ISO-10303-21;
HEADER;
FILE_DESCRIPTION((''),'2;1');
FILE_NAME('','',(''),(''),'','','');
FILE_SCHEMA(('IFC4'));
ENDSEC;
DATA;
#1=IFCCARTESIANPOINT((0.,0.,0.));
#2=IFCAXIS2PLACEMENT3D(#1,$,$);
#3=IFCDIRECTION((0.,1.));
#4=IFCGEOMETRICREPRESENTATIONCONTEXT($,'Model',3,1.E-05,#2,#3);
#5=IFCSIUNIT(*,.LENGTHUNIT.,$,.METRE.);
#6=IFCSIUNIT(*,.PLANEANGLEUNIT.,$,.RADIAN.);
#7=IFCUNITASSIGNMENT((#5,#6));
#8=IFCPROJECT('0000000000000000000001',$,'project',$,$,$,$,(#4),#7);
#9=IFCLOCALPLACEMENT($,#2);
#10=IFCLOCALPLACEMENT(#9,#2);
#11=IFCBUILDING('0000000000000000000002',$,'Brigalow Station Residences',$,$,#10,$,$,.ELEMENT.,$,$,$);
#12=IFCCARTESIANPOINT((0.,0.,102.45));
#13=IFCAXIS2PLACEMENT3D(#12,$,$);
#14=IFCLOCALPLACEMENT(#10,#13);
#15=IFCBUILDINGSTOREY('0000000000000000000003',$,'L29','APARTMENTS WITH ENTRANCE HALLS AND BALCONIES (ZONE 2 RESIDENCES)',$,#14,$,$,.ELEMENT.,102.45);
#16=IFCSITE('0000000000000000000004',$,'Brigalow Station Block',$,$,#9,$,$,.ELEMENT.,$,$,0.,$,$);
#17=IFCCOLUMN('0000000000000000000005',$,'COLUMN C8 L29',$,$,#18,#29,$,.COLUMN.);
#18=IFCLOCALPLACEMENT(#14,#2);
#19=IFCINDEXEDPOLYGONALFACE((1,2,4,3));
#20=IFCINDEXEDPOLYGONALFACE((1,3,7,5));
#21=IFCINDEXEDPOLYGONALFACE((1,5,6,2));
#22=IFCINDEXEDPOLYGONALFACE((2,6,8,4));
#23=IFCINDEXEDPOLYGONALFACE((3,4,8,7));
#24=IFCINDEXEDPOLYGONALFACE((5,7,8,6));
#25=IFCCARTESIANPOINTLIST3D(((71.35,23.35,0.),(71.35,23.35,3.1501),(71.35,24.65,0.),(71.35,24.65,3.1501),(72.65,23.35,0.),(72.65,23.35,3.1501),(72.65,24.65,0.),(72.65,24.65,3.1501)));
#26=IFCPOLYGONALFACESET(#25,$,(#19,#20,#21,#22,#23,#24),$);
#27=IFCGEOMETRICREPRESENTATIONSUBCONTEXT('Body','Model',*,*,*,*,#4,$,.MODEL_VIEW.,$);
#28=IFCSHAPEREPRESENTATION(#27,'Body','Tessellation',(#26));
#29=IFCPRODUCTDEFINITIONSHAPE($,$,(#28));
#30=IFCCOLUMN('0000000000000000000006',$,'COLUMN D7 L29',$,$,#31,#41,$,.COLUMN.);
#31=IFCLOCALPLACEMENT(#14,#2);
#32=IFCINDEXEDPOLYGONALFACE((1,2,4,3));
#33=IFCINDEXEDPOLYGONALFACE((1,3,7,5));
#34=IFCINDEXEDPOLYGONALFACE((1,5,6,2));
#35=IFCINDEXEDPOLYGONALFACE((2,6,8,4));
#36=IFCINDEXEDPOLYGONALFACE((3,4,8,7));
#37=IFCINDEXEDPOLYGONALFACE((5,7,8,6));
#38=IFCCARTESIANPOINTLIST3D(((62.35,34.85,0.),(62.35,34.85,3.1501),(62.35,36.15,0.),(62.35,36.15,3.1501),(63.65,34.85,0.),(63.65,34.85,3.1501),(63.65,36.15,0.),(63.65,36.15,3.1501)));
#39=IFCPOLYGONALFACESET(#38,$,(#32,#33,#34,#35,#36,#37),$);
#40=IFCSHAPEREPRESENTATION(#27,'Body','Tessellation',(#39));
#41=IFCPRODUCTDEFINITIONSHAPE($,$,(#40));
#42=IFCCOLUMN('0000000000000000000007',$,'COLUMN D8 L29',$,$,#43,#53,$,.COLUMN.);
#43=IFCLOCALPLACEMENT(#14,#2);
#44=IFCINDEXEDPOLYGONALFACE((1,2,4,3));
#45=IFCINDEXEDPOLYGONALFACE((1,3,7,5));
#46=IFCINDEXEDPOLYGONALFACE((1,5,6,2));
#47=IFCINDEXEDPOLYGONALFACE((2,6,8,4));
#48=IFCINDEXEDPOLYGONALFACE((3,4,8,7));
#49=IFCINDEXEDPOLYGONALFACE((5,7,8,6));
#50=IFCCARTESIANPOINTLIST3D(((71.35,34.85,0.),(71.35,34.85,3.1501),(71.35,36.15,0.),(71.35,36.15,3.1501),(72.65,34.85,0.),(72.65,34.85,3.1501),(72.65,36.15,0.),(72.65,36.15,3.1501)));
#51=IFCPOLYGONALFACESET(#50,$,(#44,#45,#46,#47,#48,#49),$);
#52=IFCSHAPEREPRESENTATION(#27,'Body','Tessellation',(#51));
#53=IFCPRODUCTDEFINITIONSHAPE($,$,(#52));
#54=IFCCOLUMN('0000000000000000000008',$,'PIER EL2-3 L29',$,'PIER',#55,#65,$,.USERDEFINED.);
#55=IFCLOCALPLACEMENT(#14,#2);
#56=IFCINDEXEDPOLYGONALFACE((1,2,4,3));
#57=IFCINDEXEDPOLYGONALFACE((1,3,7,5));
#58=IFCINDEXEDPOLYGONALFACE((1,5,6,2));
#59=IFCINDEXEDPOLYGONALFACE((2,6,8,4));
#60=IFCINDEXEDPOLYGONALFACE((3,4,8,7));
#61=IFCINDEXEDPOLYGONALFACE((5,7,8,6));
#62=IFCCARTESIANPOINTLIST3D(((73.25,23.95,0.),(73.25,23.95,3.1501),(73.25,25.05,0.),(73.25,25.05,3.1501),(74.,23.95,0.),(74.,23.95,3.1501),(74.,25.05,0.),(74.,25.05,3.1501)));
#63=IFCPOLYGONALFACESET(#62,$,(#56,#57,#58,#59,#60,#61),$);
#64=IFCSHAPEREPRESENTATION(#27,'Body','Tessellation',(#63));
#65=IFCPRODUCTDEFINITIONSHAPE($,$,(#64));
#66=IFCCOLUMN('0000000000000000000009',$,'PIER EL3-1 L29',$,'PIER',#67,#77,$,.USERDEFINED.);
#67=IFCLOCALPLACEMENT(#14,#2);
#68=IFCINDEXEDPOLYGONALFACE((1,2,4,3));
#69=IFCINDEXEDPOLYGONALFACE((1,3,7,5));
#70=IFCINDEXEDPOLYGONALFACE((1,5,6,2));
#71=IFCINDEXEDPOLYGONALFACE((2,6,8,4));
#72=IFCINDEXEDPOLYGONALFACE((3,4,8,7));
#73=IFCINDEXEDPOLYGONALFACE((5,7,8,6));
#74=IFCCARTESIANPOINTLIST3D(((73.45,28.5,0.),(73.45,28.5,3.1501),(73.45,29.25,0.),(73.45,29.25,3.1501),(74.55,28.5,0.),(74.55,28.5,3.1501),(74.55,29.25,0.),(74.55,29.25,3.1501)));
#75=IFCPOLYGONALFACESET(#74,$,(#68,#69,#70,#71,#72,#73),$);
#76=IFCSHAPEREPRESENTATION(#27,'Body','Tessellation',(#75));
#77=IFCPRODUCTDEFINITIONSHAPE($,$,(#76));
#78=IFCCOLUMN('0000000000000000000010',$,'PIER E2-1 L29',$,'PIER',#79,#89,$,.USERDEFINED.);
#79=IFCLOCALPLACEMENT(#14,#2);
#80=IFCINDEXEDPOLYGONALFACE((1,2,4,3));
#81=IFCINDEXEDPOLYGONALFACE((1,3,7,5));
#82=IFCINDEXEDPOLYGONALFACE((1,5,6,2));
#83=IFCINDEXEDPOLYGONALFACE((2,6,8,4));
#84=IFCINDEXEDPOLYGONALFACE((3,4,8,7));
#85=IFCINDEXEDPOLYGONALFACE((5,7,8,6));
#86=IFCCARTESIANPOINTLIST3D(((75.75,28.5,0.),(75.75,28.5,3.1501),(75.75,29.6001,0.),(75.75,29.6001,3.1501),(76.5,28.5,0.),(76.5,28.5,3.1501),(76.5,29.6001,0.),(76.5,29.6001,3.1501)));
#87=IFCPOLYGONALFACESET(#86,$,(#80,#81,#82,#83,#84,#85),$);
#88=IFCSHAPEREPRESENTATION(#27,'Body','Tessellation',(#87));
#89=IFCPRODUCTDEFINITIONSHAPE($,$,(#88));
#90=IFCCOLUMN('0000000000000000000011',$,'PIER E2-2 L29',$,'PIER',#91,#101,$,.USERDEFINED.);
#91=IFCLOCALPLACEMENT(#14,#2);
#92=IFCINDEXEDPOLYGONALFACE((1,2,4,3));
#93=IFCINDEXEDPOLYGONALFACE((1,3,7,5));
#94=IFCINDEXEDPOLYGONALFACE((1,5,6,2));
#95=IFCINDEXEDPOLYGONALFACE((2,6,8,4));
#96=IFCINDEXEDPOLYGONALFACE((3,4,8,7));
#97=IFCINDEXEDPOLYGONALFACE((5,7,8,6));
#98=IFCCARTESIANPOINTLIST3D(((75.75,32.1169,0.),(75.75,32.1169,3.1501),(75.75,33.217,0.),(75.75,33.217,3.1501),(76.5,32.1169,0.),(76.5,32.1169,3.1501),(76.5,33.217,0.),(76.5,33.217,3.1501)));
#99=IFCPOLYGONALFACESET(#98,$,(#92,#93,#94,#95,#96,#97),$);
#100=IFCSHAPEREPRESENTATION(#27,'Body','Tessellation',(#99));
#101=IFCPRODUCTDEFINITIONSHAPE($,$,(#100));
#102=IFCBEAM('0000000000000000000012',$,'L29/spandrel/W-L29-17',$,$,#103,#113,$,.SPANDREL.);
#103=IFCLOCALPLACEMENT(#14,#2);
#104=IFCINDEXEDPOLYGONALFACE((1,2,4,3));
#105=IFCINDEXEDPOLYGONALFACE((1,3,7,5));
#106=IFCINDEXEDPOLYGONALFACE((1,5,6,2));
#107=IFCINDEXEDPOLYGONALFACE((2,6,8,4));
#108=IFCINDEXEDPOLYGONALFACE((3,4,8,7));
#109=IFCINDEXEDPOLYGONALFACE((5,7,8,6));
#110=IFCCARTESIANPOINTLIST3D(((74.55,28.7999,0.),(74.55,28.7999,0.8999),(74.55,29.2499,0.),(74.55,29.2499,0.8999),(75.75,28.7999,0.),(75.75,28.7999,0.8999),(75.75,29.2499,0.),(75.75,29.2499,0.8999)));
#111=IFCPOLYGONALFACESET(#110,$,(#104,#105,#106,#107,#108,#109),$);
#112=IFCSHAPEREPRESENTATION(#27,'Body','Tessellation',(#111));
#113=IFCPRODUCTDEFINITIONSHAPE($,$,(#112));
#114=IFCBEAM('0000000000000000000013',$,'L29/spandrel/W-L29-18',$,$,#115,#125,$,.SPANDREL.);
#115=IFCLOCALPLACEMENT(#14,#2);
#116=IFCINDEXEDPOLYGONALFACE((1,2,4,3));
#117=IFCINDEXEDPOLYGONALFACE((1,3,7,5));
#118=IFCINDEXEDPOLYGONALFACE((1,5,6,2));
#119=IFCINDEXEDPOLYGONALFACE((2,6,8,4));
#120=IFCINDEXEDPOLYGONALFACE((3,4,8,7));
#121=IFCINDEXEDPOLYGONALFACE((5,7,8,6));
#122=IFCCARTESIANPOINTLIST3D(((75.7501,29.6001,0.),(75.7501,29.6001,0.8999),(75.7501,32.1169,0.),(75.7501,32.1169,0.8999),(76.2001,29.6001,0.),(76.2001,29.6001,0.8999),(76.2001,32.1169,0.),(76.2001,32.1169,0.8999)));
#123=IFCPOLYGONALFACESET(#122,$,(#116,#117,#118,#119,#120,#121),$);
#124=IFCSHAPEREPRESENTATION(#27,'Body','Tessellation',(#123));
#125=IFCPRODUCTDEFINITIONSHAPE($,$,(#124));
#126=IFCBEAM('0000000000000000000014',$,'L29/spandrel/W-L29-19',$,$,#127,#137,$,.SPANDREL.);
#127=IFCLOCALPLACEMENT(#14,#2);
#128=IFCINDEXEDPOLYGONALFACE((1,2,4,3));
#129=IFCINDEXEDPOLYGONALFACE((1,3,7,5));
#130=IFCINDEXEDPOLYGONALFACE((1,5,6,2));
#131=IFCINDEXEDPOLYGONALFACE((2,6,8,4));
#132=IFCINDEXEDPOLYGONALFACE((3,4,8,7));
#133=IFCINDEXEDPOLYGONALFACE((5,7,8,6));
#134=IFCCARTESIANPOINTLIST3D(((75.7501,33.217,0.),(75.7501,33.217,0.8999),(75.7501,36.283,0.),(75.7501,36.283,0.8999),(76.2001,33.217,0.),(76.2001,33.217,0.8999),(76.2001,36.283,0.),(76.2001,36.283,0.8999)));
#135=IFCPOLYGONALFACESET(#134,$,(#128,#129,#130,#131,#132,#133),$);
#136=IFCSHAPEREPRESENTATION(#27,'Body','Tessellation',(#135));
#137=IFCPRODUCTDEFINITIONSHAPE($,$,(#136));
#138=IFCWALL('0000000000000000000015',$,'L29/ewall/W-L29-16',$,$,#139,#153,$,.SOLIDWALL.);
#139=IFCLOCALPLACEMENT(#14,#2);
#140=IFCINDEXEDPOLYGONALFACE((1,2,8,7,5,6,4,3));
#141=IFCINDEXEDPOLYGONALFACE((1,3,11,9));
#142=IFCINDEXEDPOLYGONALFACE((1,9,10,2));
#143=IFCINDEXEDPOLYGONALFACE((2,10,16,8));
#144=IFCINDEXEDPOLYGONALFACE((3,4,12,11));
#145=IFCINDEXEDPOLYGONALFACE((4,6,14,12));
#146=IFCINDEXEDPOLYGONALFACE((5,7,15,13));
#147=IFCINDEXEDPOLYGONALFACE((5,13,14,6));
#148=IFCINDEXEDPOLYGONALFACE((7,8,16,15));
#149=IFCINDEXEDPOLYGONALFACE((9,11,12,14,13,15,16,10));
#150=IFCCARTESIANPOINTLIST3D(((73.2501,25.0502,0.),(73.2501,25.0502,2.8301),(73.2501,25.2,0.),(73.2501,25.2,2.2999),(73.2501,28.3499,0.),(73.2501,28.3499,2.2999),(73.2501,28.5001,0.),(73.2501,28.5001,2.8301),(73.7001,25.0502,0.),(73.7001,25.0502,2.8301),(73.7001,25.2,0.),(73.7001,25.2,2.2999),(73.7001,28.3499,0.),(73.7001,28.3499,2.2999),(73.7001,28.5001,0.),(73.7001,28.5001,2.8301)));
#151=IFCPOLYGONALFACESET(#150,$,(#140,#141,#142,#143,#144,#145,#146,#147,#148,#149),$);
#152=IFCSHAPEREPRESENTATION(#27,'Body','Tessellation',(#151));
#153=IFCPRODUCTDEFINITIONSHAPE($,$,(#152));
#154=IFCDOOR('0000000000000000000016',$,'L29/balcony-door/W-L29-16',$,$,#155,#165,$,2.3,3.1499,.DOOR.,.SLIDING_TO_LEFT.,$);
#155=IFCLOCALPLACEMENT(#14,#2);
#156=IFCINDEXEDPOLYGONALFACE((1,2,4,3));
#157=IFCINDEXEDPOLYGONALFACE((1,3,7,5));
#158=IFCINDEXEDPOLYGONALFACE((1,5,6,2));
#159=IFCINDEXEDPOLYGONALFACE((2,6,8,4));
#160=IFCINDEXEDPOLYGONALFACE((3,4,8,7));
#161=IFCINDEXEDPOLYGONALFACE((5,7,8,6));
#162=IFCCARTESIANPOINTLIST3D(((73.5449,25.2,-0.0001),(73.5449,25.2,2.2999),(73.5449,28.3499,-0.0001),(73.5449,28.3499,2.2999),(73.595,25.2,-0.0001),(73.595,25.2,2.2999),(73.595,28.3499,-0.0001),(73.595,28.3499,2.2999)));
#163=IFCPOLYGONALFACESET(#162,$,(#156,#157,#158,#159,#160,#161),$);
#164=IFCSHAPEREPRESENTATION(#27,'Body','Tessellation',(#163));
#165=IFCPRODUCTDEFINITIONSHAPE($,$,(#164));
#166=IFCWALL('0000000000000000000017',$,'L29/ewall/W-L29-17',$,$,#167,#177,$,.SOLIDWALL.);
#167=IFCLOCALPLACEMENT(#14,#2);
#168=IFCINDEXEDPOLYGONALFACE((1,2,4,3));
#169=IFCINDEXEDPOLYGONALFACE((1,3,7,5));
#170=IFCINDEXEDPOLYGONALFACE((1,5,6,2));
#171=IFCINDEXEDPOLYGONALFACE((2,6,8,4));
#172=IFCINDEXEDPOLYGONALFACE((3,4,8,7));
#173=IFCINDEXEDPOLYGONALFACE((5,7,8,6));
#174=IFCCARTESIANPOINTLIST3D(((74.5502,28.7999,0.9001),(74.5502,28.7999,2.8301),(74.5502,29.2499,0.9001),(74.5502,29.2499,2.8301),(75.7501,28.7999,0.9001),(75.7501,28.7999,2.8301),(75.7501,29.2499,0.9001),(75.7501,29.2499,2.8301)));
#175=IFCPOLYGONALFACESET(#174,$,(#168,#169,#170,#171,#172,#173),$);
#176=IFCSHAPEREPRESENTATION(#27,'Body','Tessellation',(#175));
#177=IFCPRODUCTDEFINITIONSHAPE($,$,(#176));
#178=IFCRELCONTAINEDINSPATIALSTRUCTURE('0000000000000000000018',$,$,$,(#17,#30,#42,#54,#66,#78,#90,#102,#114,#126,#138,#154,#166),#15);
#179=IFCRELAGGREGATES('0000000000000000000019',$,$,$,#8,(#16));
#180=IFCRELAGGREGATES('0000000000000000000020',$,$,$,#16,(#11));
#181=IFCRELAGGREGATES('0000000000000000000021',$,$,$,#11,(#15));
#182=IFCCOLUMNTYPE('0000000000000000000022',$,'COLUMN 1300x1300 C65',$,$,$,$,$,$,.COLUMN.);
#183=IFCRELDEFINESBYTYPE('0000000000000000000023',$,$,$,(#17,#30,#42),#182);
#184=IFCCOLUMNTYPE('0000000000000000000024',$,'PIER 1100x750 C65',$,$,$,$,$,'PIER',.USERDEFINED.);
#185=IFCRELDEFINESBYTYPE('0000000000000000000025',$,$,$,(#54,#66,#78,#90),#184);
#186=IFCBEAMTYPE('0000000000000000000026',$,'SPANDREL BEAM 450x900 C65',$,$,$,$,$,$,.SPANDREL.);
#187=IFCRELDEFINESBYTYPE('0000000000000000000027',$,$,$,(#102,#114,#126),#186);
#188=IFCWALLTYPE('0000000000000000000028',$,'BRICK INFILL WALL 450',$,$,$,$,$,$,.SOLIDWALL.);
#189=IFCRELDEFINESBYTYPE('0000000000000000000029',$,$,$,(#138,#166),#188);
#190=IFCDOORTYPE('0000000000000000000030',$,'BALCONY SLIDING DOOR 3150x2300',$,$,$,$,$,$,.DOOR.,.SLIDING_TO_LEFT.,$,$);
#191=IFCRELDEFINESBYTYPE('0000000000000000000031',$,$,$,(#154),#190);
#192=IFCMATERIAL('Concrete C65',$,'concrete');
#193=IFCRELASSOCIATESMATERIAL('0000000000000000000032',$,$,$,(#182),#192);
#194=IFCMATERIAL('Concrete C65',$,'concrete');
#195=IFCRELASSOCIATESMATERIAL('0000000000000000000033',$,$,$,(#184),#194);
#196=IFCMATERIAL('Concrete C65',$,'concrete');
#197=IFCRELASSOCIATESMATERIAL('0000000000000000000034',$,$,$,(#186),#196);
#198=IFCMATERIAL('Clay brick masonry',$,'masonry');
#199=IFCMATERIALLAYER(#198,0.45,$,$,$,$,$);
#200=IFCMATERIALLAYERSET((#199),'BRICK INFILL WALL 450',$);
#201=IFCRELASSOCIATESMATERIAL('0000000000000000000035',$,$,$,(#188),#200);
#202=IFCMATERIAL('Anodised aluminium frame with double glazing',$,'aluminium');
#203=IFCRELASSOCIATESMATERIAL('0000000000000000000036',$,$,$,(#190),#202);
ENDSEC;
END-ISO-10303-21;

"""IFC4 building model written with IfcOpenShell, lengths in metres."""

from ifc_helpers import new_model, si_unit, direction, frame, frame_2d, origin, origin_2d, place, context, subcontext, project, spatial, rectangle, extrude, material, layer, layer_set, material_profile, profile_set, type_object, element, fill, save


model = new_model("IFC4")

# Units and contexts
model_context = context("Model", 3, precision=1e-05, world=origin(), true_north=direction((0.0, 1.0)))
body_context = subcontext(model_context, "Body", "Model", "MODEL_VIEW")
ifc_project = project(units=[si_unit("LENGTHUNIT", "METRE"), si_unit("PLANEANGLEUNIT", "RADIAN")], contexts=[model_context])

# Site, building, storey
site_placement = place(None, origin())
site = spatial("IfcSite", under=ifc_project, at=site_placement, Name="Brigalow Station Block", CompositionType="ELEMENT", RefElevation=0.0)
building_placement = place(site_placement, origin())
building = spatial("IfcBuilding", under=site, at=building_placement, Name="Brigalow Station Residences", CompositionType="ELEMENT")
storey_placement = place(building_placement, frame((0.0, 0.0, 102.45)))
storey = spatial("IfcBuildingStorey", under=building, at=storey_placement, Name="L29", Description="APARTMENTS WITH ENTRANCE HALLS AND BALCONIES (ZONE 2 RESIDENCES)", CompositionType="ELEMENT", Elevation=102.45)

# Columns
ifc_material_1 = material(Name="Concrete C65", Category="concrete")
ifc_material_profile_1 = material_profile(ifc_material_1, rectangle(XDim=1.3, YDim=1.3, at=origin_2d()), Name="RC1300x1300")
ifc_profile_set_1 = profile_set([ifc_material_profile_1], Name="Concrete C65")
column_type_1 = type_object("IfcColumnType", Name="COLUMN 1300x1300 C65", PredefinedType="COLUMN", material=ifc_profile_set_1)
for number, where, z_axis, x_axis, name in (
    (1, (72.0, 24.0, 0.0), (0.0, 0.0, 1.0), (1.0, 0.0, 0.0), "COLUMN C8 L29"),
    (2, (63.0, 35.5, 0.0), (0.0, 0.0, 1.0), (1.0, 0.0, 0.0), "COLUMN D7 L29"),
    (3, (72.0, 35.5, 0.0), (0.0, 0.0, 1.0), (1.0, 0.0, 0.0), "COLUMN D8 L29"),
):
    element("IfcColumn", number, at=place(storey_placement, frame(where, z_axis=z_axis, x_axis=x_axis)), inside=storey, type_object=column_type_1, Name=name, PredefinedType="COLUMN", context=body_context, shape_type="SweptSolid", body=[
        extrude(rectangle(XDim=1.3, YDim=1.3, at=origin_2d()), origin(), (0.0, 0.0, 1.0), 3.1501),
    ])
ifc_material_2 = material(Name="Concrete C65", Category="concrete")
ifc_material_profile_2 = material_profile(ifc_material_2, rectangle(XDim=1.1001, YDim=0.75, at=origin_2d()), Name="RC1100x750")
ifc_profile_set_2 = profile_set([ifc_material_profile_2], Name="Concrete C65")
column_type_2 = type_object("IfcColumnType", Name="PIER 1100x750 C65", ElementType="PIER", PredefinedType="USERDEFINED", material=ifc_profile_set_2)
for number, where, z_axis, x_axis, name in (
    (4, (73.625, 24.5, 0.0), (0.0, 0.0, 1.0), (0.0, 1.0, 0.0), "PIER EL2-3 L29"),
    (5, (74.0, 28.875, 0.0), (0.0, 0.0, 1.0), (1.0, 0.0, 0.0), "PIER EL3-1 L29"),
    (6, (76.125, 29.05, 0.0), (0.0, 0.0, 1.0), (0.0, 1.0, 0.0), "PIER E2-1 L29"),
    (7, (76.125, 32.667, 0.0), (0.0, 0.0, 1.0), (0.0, 1.0, 0.0), "PIER E2-2 L29"),
):
    element("IfcColumn", number, at=place(storey_placement, frame(where, z_axis=z_axis, x_axis=x_axis)), inside=storey, type_object=column_type_2, Name=name, ObjectType="PIER", PredefinedType="USERDEFINED", context=body_context, shape_type="SweptSolid", body=[
        extrude(rectangle(XDim=1.1001, YDim=0.75, at=origin_2d()), origin(), (0.0, 0.0, 1.0), 3.1501),
    ])

# Beams
ifc_material_3 = material(Name="Concrete C65", Category="concrete")
ifc_material_profile_3 = material_profile(ifc_material_3, rectangle(XDim=0.45, YDim=0.8999, at=origin_2d()), Name="RC450x900")
ifc_profile_set_3 = profile_set([ifc_material_profile_3], Name="Concrete C65")
beam_type = type_object("IfcBeamType", Name="SPANDREL BEAM 450x900 C65", PredefinedType="SPANDREL", material=ifc_profile_set_3)
beam_1_placement = place(storey_placement, frame((74.55, 29.0249, 0.45), z_axis=(1.0, 0.0, 0.0), x_axis=(0.0, 1.0, 0.0)))
element("IfcBeam", 8, at=beam_1_placement, inside=storey, type_object=beam_type, Name="L29/spandrel/W-L29-17", PredefinedType="SPANDREL", context=body_context, shape_type="SweptSolid", body=[
    extrude(rectangle(XDim=0.45, YDim=0.8999, at=origin_2d()), origin(), (0.0, 0.0, 1.0), 1.2),
])
beam_2_placement = place(storey_placement, frame((75.9751, 29.6001, 0.45), z_axis=(0.0, 1.0, 0.0), x_axis=(-1.0, 0.0, 0.0)))
element("IfcBeam", 9, at=beam_2_placement, inside=storey, type_object=beam_type, Name="L29/spandrel/W-L29-18", PredefinedType="SPANDREL", context=body_context, shape_type="SweptSolid", body=[
    extrude(rectangle(XDim=0.45, YDim=0.8999, at=origin_2d()), origin(), (0.0, 0.0, 1.0), 2.5168),
])
beam_3_placement = place(storey_placement, frame((75.9751, 33.217, 0.45), z_axis=(0.0, 1.0, 0.0), x_axis=(-1.0, 0.0, 0.0)))
element("IfcBeam", 10, at=beam_3_placement, inside=storey, type_object=beam_type, Name="L29/spandrel/W-L29-19", PredefinedType="SPANDREL", context=body_context, shape_type="SweptSolid", body=[
    extrude(rectangle(XDim=0.45, YDim=0.8999, at=origin_2d()), origin(), (0.0, 0.0, 1.0), 3.0659),
])

# Wall, opening, door
ifc_material_4 = material(Name="Clay brick masonry", Category="masonry")
ifc_layer_1 = layer(ifc_material_4, 0.45)
ifc_layer_set_1 = layer_set([ifc_layer_1], Name="BRICK INFILL WALL 450")
wall_type_1 = type_object("IfcWallType", Name="BRICK INFILL WALL 450", PredefinedType="SOLIDWALL", material=ifc_layer_set_1)
wall_1_placement = place(storey_placement, frame((73.4751, 25.05, 0.0), z_axis=(0.0, 0.0, 1.0), x_axis=(0.0, 1.0, 0.0)))
wall_1 = element("IfcWall", 11, at=wall_1_placement, inside=storey, type_object=wall_type_1, Name="L29/ewall/W-L29-16", PredefinedType="SOLIDWALL", context=body_context, shape_type="SweptSolid", body=[
    extrude(rectangle(XDim=3.45, YDim=0.45, at=frame_2d((1.7251, 0.0))), origin(), (0.0, 0.0, 1.0), 2.8301),
])
opening_1_placement = place(wall_1_placement, frame((0.1499, 0.0, 0.0)))
opening_1 = element("IfcOpeningElement", 12, at=opening_1_placement, cuts=wall_1, PredefinedType="OPENING", context=body_context, shape_type="SweptSolid", body=[
    extrude(rectangle(XDim=3.1499, YDim=2.3, at=frame_2d((1.575, 1.1499))), frame((0.0, 0.2349, 0.0), z_axis=(0.0, -1.0, 0.0), x_axis=(1.0, 0.0, 0.0)), (0.0, 0.0, 1.0), 0.47),
])
ifc_material_5 = material(Name="Anodised aluminium frame with double glazing", Category="aluminium")
door_type_1 = type_object("IfcDoorType", Name="BALCONY SLIDING DOOR 3150x2300", OperationType="SLIDING_TO_LEFT", PredefinedType="DOOR", material=ifc_material_5)
door_1_placement = place(opening_1_placement, origin())
door_1 = element("IfcDoor", 13, at=door_1_placement, inside=storey, type_object=door_type_1, Name="L29/balcony-door/W-L29-16", OperationType="SLIDING_TO_LEFT", OverallHeight=2.3, OverallWidth=3.1499, PredefinedType="DOOR", context=body_context, shape_type="SweptSolid", body=[
    extrude(rectangle(XDim=3.1499, YDim=2.3, at=frame_2d((1.575, 1.1499))), frame((0.0, -0.0698, 0.0), z_axis=(0.0, -1.0, 0.0), x_axis=(1.0, 0.0, 0.0)), (0.0, 0.0, 1.0), 0.05),
])
fill(opening_1, door_1)

# Wall
wall_2_placement = place(storey_placement, frame((74.55, 29.0249, 0.9001), z_axis=(0.0, 0.0, 1.0), x_axis=(1.0, 0.0, 0.0)))
element("IfcWall", 14, at=wall_2_placement, inside=storey, type_object=wall_type_1, Name="L29/ewall/W-L29-17", PredefinedType="SOLIDWALL", context=body_context, shape_type="SweptSolid", body=[
    extrude(rectangle(XDim=1.2, YDim=0.45, at=frame_2d((0.6001, 0.0))), origin(), (0.0, 0.0, 1.0), 1.9299),
])

save(model, "model.ifc")
